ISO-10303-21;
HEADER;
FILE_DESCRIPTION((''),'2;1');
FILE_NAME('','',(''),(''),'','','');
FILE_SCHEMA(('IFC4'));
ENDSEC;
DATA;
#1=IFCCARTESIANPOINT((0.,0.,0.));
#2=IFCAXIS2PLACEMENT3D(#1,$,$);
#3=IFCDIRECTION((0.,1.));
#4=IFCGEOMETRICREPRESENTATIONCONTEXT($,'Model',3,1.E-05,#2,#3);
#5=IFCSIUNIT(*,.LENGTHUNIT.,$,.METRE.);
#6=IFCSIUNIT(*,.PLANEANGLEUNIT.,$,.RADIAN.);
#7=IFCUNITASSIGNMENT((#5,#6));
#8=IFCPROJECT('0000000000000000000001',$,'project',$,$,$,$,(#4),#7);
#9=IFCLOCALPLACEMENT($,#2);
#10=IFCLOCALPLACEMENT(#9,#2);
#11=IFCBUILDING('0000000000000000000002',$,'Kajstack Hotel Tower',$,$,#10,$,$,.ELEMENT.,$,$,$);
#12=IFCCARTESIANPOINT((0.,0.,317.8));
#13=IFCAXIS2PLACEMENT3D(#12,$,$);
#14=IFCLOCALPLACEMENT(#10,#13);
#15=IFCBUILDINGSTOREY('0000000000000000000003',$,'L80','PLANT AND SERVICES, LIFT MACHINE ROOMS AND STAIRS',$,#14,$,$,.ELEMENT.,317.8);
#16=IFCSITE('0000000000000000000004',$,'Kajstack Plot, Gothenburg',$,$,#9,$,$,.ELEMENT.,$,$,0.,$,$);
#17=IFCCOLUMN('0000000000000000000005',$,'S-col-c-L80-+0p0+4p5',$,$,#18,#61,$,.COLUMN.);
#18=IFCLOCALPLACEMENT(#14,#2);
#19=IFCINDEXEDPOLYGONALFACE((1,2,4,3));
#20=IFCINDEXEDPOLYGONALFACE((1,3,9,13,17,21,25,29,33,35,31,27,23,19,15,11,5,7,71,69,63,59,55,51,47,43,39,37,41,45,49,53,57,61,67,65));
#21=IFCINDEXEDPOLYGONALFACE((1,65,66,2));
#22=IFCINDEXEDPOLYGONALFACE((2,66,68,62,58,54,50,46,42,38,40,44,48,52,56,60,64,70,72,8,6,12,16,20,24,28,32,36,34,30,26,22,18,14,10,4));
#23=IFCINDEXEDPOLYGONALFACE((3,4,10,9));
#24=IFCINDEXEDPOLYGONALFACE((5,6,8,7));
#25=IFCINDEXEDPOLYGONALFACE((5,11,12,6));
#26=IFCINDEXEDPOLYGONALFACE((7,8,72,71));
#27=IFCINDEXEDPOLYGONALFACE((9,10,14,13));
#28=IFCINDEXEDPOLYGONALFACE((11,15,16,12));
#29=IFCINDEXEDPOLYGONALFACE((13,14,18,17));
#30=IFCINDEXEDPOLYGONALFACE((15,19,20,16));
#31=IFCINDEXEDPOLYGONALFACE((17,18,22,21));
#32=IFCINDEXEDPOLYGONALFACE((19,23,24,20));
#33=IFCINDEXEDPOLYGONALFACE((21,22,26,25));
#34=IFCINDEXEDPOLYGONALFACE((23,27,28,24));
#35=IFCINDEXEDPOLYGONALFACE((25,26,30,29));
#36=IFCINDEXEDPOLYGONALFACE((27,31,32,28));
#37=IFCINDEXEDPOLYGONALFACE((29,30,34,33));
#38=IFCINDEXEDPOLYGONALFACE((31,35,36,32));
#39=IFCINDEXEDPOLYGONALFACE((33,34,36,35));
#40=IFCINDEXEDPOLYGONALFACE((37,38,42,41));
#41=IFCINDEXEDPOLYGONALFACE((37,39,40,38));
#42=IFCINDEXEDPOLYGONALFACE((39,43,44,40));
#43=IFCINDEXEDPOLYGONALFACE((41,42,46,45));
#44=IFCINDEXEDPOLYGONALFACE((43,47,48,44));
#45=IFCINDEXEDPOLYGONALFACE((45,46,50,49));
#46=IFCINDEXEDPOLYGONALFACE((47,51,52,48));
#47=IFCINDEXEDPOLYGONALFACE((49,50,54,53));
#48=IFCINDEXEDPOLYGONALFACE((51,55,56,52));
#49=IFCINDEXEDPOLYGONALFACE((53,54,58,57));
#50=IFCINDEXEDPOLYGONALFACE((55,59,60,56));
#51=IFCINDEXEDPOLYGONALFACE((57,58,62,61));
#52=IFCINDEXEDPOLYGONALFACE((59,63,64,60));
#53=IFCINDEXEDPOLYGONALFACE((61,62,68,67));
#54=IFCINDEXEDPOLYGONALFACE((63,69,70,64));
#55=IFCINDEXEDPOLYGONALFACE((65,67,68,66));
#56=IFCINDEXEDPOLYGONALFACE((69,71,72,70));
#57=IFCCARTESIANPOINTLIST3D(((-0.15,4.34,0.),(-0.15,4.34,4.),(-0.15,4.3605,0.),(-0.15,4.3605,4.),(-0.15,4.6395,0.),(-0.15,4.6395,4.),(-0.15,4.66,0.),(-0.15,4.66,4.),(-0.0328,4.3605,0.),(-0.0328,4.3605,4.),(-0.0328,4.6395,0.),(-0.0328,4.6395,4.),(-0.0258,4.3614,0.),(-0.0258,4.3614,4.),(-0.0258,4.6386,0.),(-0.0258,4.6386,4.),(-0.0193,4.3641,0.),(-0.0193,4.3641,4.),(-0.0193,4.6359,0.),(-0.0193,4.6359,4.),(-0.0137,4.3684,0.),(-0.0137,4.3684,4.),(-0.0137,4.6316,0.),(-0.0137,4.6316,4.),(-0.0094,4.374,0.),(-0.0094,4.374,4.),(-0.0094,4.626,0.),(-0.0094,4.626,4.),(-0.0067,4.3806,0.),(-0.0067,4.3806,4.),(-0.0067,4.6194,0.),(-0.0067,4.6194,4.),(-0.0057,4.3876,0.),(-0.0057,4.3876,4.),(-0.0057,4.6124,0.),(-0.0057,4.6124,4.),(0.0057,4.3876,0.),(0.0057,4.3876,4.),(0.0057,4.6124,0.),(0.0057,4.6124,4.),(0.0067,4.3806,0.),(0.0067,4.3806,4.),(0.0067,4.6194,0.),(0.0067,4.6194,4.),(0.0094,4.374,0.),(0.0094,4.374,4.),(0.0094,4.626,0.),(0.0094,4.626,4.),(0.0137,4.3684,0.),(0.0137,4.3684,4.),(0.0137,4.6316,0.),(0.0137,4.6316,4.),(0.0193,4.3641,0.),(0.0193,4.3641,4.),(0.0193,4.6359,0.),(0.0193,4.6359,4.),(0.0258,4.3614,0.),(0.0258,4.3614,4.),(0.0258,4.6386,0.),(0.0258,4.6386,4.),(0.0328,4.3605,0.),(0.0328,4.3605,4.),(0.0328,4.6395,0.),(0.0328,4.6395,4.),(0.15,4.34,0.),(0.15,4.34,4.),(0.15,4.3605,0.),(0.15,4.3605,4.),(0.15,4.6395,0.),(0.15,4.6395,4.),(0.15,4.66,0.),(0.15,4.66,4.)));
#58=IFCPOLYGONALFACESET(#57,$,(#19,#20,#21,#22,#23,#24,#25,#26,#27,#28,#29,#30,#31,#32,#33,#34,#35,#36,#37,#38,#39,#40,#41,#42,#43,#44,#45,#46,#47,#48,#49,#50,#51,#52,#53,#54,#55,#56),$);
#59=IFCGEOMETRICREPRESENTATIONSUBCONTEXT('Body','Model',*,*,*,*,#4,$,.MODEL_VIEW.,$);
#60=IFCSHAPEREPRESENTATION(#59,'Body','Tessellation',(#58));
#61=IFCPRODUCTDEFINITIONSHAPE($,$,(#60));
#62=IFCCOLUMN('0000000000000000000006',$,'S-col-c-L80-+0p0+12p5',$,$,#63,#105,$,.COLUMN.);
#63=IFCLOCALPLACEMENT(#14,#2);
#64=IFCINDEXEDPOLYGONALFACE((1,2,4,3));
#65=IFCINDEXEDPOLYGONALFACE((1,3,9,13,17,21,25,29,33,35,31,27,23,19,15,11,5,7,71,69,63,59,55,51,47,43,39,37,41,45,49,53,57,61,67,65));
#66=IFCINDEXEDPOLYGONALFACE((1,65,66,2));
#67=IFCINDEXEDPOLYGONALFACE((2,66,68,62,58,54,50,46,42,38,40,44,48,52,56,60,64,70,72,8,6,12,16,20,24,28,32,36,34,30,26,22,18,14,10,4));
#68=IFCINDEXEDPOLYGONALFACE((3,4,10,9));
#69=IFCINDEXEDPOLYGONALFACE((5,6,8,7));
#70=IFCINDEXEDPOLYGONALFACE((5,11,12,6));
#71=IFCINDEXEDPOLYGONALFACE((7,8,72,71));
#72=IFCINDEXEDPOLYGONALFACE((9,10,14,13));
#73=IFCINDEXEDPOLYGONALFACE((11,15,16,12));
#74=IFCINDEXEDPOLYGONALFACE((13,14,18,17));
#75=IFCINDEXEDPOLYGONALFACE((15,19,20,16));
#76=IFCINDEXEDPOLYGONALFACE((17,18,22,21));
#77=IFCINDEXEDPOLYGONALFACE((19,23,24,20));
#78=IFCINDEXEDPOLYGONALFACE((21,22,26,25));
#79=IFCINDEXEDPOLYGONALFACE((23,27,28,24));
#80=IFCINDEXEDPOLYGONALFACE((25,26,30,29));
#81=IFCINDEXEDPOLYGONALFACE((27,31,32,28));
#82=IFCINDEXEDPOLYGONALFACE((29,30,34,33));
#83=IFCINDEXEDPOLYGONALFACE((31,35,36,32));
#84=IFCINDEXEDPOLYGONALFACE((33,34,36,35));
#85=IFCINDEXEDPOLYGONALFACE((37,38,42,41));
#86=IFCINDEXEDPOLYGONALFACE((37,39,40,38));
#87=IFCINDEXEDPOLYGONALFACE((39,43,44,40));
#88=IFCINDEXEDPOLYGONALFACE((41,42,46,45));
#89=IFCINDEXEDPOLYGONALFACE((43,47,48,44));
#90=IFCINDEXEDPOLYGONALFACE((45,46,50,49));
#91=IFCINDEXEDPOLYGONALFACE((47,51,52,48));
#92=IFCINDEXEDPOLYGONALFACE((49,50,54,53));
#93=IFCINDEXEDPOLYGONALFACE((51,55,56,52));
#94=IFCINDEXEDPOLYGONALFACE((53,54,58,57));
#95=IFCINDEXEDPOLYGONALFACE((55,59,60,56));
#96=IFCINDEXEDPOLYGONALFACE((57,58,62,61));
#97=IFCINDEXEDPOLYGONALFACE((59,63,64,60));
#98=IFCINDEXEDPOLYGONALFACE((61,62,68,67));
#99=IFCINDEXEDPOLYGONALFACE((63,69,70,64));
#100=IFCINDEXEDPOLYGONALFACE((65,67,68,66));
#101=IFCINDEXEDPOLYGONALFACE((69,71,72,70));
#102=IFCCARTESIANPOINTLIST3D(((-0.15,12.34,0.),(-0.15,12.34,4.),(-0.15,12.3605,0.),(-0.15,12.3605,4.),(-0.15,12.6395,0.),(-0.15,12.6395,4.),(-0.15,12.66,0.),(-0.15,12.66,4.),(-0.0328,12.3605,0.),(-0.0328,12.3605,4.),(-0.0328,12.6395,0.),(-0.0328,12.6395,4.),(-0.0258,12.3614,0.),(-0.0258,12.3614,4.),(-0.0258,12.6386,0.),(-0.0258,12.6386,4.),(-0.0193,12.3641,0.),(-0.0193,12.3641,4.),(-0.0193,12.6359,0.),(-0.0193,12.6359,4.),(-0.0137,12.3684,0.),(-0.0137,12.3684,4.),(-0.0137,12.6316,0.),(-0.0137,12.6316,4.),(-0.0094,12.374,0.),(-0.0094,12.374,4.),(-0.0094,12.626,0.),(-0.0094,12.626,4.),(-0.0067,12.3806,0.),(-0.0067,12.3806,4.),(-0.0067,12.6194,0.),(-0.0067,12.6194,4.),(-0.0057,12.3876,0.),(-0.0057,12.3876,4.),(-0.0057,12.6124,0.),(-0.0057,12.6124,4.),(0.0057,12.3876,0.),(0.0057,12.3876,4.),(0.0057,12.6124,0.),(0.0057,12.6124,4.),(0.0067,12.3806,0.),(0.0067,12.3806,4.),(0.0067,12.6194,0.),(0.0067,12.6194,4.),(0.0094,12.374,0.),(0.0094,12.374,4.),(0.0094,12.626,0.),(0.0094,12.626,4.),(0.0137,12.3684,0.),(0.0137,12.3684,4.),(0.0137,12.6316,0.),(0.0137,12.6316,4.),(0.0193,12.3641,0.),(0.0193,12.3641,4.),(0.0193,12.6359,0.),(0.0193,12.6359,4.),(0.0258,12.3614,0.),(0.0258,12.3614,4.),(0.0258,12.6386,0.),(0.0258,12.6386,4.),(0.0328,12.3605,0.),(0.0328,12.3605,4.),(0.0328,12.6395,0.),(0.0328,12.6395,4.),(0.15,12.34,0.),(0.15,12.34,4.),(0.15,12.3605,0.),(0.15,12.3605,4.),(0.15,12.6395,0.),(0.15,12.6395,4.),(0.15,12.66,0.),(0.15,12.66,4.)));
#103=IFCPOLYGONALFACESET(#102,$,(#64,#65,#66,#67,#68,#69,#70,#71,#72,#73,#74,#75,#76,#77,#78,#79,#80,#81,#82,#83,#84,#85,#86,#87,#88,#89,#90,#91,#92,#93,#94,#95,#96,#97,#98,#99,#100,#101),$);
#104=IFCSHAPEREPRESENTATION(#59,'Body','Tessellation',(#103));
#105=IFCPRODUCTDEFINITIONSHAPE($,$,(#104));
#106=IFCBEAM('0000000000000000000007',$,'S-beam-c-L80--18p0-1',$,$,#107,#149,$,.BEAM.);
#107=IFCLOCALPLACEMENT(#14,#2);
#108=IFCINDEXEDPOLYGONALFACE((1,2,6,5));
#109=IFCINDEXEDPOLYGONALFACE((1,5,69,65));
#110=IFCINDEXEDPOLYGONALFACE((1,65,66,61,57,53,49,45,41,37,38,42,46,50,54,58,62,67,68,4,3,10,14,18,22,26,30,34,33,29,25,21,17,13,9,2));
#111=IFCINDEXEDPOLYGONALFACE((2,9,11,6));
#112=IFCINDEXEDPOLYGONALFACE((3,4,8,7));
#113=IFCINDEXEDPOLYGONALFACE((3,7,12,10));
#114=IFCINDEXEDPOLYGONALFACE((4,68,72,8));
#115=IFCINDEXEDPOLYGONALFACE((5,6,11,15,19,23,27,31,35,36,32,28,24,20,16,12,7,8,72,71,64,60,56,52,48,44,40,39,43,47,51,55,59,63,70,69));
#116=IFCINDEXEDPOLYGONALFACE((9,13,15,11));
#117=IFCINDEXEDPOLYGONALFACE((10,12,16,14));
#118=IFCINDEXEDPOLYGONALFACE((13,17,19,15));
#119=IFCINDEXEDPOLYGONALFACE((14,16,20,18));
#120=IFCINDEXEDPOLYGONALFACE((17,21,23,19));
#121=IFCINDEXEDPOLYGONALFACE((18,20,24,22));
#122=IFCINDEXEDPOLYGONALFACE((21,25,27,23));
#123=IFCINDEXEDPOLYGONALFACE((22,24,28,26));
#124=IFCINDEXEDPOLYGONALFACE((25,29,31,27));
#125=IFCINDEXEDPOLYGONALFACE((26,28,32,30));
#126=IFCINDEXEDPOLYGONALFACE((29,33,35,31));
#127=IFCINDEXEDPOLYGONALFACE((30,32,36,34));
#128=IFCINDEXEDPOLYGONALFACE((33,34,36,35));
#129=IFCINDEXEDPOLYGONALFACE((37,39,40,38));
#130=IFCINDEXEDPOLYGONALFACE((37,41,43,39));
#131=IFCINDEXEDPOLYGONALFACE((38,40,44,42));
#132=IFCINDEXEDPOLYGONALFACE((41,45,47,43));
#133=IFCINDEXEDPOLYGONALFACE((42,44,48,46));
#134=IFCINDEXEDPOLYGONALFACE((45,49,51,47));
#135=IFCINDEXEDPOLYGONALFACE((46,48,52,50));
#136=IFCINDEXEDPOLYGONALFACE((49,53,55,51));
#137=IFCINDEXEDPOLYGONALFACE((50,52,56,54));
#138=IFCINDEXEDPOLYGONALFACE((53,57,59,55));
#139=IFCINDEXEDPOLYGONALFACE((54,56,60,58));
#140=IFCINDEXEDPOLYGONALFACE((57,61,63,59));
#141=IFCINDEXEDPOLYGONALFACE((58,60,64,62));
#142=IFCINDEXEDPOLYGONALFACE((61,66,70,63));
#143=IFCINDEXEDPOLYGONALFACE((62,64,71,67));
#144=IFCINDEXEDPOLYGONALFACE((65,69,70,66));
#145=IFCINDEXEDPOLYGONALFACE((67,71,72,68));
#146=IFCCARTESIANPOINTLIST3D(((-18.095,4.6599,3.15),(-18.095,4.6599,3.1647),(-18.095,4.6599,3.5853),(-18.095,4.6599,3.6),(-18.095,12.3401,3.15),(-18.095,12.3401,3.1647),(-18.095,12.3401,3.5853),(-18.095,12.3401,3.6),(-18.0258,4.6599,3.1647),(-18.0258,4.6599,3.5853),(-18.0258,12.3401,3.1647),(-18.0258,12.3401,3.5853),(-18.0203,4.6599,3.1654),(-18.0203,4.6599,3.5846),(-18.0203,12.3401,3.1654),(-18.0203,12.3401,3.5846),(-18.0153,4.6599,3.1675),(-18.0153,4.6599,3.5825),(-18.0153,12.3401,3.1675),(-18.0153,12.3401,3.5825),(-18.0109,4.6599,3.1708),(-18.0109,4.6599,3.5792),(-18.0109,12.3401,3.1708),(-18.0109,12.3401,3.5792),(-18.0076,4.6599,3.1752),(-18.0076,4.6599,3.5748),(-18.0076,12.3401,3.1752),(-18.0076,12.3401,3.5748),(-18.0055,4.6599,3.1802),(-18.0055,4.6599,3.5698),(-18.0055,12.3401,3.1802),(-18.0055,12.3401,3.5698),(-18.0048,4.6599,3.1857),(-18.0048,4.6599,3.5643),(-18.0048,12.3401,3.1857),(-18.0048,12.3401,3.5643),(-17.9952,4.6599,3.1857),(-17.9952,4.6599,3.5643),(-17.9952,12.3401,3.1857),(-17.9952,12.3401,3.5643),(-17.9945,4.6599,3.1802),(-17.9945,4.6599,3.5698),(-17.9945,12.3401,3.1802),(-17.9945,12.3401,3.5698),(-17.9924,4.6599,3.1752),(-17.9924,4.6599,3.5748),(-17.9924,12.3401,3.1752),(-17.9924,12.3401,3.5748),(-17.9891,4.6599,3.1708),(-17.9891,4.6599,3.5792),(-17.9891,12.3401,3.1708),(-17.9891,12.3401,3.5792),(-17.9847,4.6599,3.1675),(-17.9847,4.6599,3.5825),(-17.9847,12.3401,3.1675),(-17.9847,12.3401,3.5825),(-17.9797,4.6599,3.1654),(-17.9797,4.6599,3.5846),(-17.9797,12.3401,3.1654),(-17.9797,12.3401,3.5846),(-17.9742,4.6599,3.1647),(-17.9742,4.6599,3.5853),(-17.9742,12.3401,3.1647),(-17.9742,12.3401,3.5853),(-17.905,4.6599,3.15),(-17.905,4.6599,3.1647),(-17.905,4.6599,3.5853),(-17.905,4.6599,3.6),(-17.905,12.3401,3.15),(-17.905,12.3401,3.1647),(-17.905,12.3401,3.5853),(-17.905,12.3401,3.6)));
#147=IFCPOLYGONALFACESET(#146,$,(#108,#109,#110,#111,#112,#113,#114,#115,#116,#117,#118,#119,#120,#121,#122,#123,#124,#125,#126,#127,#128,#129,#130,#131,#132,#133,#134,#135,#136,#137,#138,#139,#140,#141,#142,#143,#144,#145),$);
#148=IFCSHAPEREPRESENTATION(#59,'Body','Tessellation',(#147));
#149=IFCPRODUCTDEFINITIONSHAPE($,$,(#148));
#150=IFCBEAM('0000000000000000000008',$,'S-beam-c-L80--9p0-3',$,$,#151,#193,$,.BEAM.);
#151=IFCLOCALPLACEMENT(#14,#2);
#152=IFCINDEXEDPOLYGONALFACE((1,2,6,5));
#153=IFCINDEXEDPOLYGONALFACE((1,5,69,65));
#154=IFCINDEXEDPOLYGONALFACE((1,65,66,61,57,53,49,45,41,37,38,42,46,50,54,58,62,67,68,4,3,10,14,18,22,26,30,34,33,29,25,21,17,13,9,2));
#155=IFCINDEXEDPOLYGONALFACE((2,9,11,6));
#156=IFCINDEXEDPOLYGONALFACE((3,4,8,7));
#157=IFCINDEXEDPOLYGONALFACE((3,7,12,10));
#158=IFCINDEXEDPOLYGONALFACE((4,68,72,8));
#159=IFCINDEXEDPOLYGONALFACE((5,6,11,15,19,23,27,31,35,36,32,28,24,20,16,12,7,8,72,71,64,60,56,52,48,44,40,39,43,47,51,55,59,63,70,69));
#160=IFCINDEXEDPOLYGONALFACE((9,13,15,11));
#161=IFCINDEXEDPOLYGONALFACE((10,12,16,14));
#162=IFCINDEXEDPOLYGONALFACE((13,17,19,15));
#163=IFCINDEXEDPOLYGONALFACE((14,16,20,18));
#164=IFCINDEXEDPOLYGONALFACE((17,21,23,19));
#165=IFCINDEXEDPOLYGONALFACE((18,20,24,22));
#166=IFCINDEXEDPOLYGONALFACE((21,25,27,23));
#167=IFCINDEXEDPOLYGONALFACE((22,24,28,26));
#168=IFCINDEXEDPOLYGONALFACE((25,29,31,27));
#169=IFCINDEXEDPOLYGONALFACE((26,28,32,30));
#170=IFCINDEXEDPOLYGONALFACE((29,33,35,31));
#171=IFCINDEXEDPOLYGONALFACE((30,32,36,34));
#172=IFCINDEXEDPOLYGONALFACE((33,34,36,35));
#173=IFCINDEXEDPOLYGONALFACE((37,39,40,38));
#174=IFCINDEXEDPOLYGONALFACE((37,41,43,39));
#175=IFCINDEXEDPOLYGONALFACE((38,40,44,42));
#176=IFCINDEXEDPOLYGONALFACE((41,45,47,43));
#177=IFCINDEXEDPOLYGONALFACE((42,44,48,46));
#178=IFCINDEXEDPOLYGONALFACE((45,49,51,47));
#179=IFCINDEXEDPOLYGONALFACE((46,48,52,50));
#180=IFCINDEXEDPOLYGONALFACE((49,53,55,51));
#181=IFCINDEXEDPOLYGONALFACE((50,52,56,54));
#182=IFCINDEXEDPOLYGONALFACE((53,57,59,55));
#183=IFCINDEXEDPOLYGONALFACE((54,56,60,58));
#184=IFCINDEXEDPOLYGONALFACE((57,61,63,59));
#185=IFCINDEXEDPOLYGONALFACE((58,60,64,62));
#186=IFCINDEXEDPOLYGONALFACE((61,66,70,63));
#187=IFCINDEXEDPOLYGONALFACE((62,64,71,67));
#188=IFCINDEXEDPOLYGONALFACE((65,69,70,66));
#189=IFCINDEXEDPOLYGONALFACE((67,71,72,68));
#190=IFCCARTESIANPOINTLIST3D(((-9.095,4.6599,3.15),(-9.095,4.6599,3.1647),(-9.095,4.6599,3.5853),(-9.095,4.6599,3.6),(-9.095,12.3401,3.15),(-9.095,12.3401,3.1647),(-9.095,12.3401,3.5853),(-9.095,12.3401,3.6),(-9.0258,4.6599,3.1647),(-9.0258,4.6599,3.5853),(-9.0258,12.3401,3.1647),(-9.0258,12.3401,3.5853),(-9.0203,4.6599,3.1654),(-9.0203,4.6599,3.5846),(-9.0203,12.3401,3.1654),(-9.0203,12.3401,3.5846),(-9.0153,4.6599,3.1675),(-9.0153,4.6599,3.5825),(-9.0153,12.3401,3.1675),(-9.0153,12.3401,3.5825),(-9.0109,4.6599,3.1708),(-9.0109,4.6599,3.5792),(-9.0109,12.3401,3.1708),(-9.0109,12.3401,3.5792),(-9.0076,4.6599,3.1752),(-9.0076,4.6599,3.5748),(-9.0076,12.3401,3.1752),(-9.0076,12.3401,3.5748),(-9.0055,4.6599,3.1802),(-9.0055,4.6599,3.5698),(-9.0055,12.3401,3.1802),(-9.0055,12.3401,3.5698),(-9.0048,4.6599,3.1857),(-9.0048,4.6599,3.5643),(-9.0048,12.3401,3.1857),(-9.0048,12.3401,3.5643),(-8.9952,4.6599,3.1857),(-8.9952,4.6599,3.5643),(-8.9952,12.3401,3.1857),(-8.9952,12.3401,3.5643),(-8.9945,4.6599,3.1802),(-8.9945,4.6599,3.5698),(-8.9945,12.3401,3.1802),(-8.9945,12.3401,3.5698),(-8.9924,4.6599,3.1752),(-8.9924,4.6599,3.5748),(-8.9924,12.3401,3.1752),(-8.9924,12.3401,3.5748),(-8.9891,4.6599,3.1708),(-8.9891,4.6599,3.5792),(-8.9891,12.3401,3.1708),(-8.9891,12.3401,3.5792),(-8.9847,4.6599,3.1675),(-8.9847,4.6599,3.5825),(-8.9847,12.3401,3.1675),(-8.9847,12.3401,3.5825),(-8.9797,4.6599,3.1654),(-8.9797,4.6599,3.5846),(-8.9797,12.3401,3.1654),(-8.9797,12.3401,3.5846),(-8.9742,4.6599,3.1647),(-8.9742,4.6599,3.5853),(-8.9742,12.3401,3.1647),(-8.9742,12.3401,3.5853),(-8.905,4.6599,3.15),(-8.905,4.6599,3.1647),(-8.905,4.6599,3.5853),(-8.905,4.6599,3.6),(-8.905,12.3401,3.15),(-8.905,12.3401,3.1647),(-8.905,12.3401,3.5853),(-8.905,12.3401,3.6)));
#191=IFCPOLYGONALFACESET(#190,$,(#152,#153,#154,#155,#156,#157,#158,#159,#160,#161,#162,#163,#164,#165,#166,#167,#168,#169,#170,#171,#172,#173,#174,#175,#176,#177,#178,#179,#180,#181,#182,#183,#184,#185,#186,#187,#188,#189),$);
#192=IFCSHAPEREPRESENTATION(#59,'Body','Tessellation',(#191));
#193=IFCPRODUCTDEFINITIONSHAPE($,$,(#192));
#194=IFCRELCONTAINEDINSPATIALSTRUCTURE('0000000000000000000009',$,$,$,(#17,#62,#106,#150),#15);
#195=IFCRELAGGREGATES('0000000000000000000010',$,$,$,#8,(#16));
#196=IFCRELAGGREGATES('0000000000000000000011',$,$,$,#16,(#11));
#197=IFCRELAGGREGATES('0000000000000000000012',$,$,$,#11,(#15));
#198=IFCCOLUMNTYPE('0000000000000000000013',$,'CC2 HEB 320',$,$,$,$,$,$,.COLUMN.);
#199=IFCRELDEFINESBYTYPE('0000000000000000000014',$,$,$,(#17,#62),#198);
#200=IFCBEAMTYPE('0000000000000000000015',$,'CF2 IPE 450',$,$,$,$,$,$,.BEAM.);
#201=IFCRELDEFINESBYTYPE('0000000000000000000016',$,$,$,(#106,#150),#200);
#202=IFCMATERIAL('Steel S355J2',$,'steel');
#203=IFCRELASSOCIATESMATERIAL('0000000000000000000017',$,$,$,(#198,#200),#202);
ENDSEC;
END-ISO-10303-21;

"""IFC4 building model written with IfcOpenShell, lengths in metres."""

from ifc_helpers import new_model, si_unit, direction, frame, origin, origin_2d, place, context, subcontext, project, spatial, i_section, extrude, material, material_profile, profile_set, type_object, element, save


model = new_model("IFC4")

# Units and contexts
model_context = context("Model", 3, precision=1e-05, world=origin(), true_north=direction((0.0, 1.0)))
body_context = subcontext(model_context, "Body", "Model", "MODEL_VIEW")
ifc_project = project(units=[si_unit("LENGTHUNIT", "METRE"), si_unit("PLANEANGLEUNIT", "RADIAN")], contexts=[model_context])

# Site, building, storey
site_placement = place(None, origin())
site = spatial("IfcSite", under=ifc_project, at=site_placement, Name="Kajstack Plot, Gothenburg", CompositionType="ELEMENT", RefElevation=0.0)
building_placement = place(site_placement, origin())
building = spatial("IfcBuilding", under=site, at=building_placement, Name="Kajstack Hotel Tower", CompositionType="ELEMENT")
storey_placement = place(building_placement, frame((0.0, 0.0, 317.8)))
storey = spatial("IfcBuildingStorey", under=building, at=storey_placement, Name="L80", Description="PLANT AND SERVICES, LIFT MACHINE ROOMS AND STAIRS", CompositionType="ELEMENT", Elevation=317.8)

# Columns
ifc_material_1 = material(Name="Steel S355J2", Category="steel")
ifc_material_profile_1 = material_profile(ifc_material_1, i_section(OverallWidth=0.3, OverallDepth=0.3201, WebThickness=0.0115, FlangeThickness=0.0205, FilletRadius=0.0271, at=origin_2d()), Name="HEB 320")
ifc_profile_set_1 = profile_set([ifc_material_profile_1], Name="Steel S355J2")
column_type = type_object("IfcColumnType", Name="CC2 HEB 320", PredefinedType="COLUMN", material=ifc_profile_set_1)
for number, where, z_axis, x_axis, name in (
    (1, (0.0, 4.5, 0.0), (0.0, 0.0, 1.0), (1.0, 0.0, 0.0), "S-col-c-L80-+0p0+4p5"),
    (2, (0.0, 12.5, 0.0), (0.0, 0.0, 1.0), (1.0, 0.0, 0.0), "S-col-c-L80-+0p0+12p5"),
):
    element("IfcColumn", number, at=place(storey_placement, frame(where, z_axis=z_axis, x_axis=x_axis)), inside=storey, type_object=column_type, Name=name, PredefinedType="COLUMN", context=body_context, shape_type="SweptSolid", body=[
        extrude(i_section(OverallWidth=0.3, OverallDepth=0.3201, WebThickness=0.0115, FlangeThickness=0.0205, FilletRadius=0.0271, at=origin_2d()), origin(), (0.0, 0.0, 1.0), 4.0),
    ])

# Beams
ifc_material_profile_2 = material_profile(ifc_material_1, i_section(OverallWidth=0.1899, OverallDepth=0.45, WebThickness=0.0095, FlangeThickness=0.0146, FilletRadius=0.021, at=origin_2d()), Name="IPE 450")
ifc_profile_set_2 = profile_set([ifc_material_profile_2], Name="Steel S355J2")
beam_type = type_object("IfcBeamType", Name="CF2 IPE 450", PredefinedType="BEAM", material=ifc_profile_set_2)
for number, where, z_axis, x_axis, name in (
    (3, (-18.0, 4.6599, 3.375), (0.0, 1.0, 0.0), (-1.0, 0.0, 0.0), "S-beam-c-L80--18p0-1"),
    (4, (-9.0, 4.6599, 3.375), (0.0, 1.0, 0.0), (-1.0, 0.0, 0.0), "S-beam-c-L80--9p0-3"),
):
    element("IfcBeam", number, at=place(storey_placement, frame(where, z_axis=z_axis, x_axis=x_axis)), inside=storey, type_object=beam_type, Name=name, PredefinedType="BEAM", context=body_context, shape_type="SweptSolid", body=[
        extrude(i_section(OverallWidth=0.1899, OverallDepth=0.45, WebThickness=0.0095, FlangeThickness=0.0146, FilletRadius=0.021, at=origin_2d()), origin(), (0.0, 0.0, 1.0), 7.6802),
    ])

save(model, "model.ifc")
